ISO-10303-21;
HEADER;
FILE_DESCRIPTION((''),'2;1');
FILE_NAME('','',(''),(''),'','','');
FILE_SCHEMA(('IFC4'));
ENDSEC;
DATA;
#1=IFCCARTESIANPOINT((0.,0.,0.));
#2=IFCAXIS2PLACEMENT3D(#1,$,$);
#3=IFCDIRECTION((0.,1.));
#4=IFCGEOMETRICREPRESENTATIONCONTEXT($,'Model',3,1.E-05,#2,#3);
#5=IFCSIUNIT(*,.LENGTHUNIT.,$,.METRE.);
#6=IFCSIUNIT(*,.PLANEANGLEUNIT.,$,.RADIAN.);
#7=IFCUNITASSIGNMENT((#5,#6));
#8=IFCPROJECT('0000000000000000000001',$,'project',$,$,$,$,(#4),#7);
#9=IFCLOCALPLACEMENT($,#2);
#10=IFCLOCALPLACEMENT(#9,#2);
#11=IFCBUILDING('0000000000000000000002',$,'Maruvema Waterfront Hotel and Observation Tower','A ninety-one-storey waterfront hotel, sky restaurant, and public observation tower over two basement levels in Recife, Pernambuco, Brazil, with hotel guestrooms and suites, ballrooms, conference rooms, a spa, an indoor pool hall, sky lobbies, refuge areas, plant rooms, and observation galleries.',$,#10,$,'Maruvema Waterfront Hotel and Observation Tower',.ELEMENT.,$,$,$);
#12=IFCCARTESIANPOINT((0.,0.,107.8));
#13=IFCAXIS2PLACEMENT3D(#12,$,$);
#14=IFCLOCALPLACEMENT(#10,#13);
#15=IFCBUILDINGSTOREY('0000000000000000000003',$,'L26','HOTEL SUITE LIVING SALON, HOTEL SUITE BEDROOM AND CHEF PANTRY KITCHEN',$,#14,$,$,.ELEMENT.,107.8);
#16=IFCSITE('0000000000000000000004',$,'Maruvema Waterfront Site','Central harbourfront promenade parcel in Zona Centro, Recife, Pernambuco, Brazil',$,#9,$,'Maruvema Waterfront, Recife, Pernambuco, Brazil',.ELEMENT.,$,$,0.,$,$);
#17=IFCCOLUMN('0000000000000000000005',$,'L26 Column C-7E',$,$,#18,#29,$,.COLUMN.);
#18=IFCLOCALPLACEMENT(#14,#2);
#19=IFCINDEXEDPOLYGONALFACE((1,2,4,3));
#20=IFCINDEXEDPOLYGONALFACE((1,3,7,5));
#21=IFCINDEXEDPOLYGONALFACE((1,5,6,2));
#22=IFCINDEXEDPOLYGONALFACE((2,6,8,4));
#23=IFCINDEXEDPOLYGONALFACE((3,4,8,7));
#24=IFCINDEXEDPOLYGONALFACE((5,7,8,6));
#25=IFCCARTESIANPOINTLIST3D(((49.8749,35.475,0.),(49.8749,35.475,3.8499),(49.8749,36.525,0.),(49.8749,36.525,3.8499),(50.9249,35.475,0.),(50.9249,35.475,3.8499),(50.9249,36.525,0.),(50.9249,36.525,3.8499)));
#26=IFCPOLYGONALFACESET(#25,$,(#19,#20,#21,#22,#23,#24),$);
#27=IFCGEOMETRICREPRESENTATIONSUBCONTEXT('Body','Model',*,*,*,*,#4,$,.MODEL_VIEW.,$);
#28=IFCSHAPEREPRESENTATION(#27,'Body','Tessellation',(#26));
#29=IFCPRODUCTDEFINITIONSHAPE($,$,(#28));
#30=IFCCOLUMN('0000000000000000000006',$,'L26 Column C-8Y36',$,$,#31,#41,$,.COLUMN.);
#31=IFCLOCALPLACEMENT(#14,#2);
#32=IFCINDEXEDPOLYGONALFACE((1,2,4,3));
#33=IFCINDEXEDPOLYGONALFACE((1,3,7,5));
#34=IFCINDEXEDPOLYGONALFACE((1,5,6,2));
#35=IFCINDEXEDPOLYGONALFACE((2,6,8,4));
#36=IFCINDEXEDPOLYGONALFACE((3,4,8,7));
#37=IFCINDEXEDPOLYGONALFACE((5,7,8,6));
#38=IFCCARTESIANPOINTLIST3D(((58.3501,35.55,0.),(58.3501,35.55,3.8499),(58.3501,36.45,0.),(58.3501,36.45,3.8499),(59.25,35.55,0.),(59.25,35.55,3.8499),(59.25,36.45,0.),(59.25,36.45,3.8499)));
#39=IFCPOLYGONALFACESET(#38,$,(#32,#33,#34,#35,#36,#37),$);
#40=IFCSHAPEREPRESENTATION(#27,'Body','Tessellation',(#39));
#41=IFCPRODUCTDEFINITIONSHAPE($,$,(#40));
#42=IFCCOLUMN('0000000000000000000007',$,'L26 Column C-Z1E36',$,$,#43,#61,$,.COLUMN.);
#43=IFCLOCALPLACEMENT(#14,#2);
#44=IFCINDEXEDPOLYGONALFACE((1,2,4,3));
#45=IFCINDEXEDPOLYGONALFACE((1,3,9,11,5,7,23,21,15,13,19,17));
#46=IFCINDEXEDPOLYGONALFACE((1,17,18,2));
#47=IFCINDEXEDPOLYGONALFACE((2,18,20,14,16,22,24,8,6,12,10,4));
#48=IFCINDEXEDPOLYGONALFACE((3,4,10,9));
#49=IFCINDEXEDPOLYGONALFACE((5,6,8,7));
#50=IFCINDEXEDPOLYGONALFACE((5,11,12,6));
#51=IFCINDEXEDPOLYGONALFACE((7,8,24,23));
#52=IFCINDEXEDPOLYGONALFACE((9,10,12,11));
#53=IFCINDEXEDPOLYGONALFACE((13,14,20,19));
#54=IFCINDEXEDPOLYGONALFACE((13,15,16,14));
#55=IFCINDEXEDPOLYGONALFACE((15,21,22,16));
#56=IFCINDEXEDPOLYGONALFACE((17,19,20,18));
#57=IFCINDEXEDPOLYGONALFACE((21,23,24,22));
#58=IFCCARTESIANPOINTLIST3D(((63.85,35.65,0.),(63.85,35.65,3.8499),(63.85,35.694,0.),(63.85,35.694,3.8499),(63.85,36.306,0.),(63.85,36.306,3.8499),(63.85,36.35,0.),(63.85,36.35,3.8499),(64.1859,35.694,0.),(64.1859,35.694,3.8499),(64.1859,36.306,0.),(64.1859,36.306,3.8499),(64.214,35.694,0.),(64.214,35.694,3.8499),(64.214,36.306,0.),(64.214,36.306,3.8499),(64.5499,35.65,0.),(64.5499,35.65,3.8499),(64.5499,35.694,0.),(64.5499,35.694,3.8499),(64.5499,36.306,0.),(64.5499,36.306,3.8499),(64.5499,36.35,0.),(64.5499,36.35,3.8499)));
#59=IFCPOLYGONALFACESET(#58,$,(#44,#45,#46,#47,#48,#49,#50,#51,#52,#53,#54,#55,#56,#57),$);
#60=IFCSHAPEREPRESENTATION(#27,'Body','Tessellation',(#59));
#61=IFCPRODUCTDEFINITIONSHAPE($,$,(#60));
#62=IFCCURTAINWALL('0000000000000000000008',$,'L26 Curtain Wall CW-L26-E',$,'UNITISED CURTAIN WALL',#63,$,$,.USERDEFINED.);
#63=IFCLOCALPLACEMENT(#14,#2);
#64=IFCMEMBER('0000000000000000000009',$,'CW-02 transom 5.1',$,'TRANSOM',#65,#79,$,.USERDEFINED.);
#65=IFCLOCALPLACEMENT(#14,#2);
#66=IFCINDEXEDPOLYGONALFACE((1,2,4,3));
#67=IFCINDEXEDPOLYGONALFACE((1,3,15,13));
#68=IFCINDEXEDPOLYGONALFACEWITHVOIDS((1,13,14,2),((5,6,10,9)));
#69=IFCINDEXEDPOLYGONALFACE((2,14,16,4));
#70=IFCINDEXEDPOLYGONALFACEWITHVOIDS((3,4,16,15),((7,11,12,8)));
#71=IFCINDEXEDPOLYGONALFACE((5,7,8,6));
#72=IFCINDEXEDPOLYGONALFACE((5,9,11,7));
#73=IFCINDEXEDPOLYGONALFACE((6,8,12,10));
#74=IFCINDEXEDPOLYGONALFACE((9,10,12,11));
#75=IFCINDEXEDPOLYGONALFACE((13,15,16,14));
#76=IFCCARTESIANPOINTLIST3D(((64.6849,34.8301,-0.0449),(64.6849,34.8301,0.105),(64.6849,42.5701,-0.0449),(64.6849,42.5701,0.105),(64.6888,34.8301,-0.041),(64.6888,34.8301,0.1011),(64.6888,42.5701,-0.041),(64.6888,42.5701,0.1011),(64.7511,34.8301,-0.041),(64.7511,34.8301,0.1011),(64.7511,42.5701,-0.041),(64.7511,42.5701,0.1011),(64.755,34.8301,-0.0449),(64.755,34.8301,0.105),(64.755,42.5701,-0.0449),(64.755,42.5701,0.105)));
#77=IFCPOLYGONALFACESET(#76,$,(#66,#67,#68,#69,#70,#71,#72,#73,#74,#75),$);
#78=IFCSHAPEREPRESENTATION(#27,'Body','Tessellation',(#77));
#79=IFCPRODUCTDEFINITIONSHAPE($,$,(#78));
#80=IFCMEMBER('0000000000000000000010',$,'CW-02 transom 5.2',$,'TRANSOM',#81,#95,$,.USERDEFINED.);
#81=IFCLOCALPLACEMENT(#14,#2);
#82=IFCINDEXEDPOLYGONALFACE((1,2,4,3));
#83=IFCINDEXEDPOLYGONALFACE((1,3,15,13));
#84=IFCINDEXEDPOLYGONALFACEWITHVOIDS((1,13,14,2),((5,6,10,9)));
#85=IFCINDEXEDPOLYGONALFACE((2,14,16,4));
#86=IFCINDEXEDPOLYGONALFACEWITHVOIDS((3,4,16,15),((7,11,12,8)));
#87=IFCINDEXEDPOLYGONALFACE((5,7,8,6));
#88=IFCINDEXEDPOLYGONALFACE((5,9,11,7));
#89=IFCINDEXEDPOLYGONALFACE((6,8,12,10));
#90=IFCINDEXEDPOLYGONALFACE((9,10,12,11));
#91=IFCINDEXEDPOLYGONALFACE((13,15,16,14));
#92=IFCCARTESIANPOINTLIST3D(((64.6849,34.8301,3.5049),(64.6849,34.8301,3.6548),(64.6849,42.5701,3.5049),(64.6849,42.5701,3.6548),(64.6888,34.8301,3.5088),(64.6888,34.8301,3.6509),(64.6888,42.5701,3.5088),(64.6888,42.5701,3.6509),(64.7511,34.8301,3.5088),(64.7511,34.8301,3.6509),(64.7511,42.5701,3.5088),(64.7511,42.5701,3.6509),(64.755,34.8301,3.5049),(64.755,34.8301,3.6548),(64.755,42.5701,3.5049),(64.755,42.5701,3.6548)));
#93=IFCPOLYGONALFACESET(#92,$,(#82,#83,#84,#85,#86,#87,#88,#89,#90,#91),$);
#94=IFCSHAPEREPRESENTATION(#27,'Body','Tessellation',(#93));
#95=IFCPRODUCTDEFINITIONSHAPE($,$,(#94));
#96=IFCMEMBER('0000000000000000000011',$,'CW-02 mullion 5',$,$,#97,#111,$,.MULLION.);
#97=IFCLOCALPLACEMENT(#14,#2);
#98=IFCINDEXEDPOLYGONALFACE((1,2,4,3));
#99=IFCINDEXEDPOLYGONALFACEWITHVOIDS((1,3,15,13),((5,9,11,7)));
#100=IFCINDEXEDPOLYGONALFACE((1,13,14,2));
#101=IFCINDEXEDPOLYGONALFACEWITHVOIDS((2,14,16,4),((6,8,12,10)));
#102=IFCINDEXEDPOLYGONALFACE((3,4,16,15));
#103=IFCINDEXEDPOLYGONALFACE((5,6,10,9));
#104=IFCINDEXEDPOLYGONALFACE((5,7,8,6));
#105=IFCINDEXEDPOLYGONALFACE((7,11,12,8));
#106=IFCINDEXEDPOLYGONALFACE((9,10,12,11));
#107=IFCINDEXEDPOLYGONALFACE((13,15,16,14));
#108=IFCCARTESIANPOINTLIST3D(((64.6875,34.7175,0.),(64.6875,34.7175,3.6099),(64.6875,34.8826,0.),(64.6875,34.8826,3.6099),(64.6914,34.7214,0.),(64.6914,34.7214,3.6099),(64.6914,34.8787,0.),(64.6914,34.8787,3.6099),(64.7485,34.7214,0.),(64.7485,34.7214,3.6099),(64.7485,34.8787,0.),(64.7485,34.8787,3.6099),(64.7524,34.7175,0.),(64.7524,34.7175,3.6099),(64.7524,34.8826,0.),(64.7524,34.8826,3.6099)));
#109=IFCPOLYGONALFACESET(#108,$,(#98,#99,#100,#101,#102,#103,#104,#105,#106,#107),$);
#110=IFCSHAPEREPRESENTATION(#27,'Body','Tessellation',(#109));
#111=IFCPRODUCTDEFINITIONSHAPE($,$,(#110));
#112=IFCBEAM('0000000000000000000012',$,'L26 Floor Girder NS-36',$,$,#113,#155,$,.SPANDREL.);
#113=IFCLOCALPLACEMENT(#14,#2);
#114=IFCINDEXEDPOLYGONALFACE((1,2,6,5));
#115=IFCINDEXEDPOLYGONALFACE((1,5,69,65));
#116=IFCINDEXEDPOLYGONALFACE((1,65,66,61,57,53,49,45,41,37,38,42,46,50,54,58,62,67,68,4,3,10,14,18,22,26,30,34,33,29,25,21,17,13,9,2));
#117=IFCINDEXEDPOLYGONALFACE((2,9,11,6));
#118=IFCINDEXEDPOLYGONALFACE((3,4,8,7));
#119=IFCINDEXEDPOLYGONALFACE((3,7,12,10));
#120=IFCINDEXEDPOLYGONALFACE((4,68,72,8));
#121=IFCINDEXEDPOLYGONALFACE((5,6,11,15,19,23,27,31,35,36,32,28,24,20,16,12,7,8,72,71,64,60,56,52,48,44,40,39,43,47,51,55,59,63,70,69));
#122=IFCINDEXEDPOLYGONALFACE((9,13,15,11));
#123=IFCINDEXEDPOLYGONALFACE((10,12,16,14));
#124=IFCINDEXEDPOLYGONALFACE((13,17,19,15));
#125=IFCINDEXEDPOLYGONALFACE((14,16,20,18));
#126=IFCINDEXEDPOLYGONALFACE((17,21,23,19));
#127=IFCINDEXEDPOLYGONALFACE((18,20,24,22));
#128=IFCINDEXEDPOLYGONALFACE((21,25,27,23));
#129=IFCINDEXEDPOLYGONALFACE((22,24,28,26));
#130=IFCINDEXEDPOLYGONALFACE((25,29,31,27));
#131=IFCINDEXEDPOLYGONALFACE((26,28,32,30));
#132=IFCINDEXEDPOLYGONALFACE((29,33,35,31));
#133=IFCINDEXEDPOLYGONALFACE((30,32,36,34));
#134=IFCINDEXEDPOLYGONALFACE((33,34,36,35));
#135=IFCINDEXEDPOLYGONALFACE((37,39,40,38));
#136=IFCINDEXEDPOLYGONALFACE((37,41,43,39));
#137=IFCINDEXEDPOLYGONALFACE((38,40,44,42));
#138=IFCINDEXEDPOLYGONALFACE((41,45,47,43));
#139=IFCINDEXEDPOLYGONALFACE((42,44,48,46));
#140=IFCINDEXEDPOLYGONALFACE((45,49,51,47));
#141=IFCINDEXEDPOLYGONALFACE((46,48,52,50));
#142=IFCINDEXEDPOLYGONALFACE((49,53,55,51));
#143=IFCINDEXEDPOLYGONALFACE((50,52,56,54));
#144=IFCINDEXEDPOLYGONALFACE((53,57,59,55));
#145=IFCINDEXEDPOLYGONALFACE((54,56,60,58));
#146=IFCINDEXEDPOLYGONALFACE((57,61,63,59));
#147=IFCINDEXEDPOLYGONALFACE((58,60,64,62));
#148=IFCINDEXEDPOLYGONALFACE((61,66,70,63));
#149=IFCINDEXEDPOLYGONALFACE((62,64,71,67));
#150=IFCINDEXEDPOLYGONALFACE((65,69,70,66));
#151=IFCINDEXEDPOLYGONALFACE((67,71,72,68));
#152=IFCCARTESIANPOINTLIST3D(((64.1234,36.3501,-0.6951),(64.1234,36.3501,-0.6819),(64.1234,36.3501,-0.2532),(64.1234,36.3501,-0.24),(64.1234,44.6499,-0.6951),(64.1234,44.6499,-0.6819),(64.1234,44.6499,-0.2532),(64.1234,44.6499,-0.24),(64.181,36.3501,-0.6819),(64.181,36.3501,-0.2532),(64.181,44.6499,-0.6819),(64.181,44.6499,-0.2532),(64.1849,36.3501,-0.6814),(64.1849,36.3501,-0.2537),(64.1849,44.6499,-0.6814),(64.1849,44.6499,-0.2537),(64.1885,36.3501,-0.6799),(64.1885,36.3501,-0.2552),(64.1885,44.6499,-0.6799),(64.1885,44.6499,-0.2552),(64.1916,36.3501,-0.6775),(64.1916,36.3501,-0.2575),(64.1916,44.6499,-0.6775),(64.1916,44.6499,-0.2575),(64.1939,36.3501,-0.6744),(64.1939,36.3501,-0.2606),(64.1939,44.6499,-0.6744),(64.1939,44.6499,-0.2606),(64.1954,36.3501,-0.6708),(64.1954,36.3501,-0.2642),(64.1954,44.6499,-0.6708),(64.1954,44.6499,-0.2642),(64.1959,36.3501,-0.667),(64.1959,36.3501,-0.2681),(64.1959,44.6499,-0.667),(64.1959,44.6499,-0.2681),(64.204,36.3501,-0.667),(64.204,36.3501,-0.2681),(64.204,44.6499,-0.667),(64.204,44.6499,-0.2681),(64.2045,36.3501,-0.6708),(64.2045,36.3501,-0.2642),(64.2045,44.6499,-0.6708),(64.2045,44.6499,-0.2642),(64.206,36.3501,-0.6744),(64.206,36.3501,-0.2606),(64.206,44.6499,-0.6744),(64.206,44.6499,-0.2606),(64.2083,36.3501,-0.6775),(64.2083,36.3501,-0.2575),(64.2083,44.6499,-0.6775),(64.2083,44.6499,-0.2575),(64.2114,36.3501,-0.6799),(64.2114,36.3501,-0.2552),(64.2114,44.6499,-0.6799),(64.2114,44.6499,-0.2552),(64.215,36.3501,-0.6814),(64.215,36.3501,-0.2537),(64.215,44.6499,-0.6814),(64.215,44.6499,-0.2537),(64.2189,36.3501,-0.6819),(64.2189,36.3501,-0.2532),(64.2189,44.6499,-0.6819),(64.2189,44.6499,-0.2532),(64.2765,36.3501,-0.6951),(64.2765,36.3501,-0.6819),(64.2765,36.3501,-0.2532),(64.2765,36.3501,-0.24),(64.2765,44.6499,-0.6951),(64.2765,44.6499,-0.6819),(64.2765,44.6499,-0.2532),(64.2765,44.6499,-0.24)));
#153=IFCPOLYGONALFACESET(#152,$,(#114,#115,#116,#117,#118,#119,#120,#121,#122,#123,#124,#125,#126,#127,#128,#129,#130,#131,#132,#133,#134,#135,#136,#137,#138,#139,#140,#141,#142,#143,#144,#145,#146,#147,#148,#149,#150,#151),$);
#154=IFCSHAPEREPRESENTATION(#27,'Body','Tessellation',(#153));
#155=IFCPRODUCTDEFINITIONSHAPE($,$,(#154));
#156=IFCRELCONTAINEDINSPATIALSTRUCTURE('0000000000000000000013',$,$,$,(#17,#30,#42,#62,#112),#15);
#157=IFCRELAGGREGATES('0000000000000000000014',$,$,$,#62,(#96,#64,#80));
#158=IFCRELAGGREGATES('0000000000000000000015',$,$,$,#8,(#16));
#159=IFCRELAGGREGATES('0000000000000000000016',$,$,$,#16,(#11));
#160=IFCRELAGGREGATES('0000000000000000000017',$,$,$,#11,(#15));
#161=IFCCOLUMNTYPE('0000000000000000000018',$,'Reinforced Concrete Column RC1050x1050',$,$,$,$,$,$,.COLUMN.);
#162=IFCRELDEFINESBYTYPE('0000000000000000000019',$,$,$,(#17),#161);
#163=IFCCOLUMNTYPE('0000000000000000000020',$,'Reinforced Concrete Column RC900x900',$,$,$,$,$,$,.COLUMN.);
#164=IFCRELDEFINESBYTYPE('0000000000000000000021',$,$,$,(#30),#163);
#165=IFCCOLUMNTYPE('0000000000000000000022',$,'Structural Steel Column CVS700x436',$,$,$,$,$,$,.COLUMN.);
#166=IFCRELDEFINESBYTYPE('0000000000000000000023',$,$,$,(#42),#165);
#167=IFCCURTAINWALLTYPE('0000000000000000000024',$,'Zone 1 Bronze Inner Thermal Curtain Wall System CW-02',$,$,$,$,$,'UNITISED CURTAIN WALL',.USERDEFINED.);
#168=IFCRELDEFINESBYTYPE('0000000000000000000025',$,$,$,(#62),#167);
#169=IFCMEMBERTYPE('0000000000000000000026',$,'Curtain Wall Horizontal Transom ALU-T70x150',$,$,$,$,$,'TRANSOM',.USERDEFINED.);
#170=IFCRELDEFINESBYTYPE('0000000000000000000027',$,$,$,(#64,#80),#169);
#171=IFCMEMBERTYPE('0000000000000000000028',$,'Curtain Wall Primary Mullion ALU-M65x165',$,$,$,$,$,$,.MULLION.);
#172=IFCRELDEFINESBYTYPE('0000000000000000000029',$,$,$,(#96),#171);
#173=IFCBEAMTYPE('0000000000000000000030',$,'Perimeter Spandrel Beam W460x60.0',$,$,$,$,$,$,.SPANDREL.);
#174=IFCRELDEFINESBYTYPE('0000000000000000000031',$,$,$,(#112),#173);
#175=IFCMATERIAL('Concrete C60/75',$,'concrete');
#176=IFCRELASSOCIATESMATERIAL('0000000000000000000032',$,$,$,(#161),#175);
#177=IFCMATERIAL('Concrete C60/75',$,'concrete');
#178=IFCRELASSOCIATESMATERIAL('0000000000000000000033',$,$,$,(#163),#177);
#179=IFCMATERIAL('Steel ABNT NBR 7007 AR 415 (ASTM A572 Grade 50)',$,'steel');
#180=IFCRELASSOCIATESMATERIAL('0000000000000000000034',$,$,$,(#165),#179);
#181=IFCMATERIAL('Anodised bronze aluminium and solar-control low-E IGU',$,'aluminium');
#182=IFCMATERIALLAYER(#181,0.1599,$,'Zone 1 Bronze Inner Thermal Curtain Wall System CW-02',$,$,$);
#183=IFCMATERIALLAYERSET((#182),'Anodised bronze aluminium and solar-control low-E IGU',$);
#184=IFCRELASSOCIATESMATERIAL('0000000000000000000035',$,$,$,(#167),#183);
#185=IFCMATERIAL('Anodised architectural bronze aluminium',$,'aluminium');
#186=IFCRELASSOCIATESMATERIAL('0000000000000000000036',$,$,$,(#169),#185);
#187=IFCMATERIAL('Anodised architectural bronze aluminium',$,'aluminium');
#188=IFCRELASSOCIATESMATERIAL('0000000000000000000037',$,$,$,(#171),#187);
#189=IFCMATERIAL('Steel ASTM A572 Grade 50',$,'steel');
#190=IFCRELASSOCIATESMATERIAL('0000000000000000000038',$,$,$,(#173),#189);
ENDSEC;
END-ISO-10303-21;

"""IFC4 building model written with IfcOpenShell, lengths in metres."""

from ifc_helpers import new_model, si_unit, direction, frame, origin, origin_2d, place, context, subcontext, project, spatial, rectangle, hollow_rectangle, i_section, extrude, material, layer, layer_set, material_profile, profile_set, type_object, element, aggregate, save


model = new_model("IFC4")

# Units and contexts
model_context = context("Model", 3, precision=1e-05, world=origin(), true_north=direction((0.0, 1.0)))
body_context = subcontext(model_context, "Body", "Model", "MODEL_VIEW")
ifc_project = project(units=[si_unit("LENGTHUNIT", "METRE"), si_unit("PLANEANGLEUNIT", "RADIAN")], contexts=[model_context])

# Site, building, storey
site_placement = place(None, origin())
site = spatial("IfcSite", under=ifc_project, at=site_placement, Name="Maruvema Waterfront Site", Description="Central harbourfront promenade parcel in Zona Centro, Recife, Pernambuco, Brazil", LongName="Maruvema Waterfront, Recife, Pernambuco, Brazil", CompositionType="ELEMENT", RefElevation=0.0)
building_placement = place(site_placement, origin())
building = spatial("IfcBuilding", under=site, at=building_placement, Name="Maruvema Waterfront Hotel and Observation Tower", Description="A ninety-one-storey waterfront hotel, sky restaurant, and public observation tower over two basement levels in Recife, Pernambuco, Brazil, with hotel guestrooms and suites, ballrooms, conference rooms, a spa, an indoor pool hall, sky lobbies, refuge areas, plant rooms, and observation galleries.", LongName="Maruvema Waterfront Hotel and Observation Tower", CompositionType="ELEMENT")
storey_placement = place(building_placement, frame((0.0, 0.0, 107.8)))
storey = spatial("IfcBuildingStorey", under=building, at=storey_placement, Name="L26", Description="HOTEL SUITE LIVING SALON, HOTEL SUITE BEDROOM AND CHEF PANTRY KITCHEN", CompositionType="ELEMENT", Elevation=107.8)

# Columns
ifc_material_1 = material(Name="Concrete C60/75", Category="concrete")
ifc_material_profile_1 = material_profile(ifc_material_1, rectangle(XDim=1.05, YDim=1.05, at=origin_2d()), Name="RC1050x1050")
ifc_profile_set_1 = profile_set([ifc_material_profile_1], Name="Concrete C60/75")
column_type_1 = type_object("IfcColumnType", Name="Reinforced Concrete Column RC1050x1050", PredefinedType="COLUMN", material=ifc_profile_set_1)
column_1_placement = place(storey_placement, frame((50.3999, 36.0, 0.0), z_axis=(0.0, 0.0, 1.0), x_axis=(1.0, 0.0, 0.0)))
element("IfcColumn", 1, at=column_1_placement, inside=storey, type_object=column_type_1, Name="L26 Column C-7E", PredefinedType="COLUMN", context=body_context, shape_type="SweptSolid", body=[
    extrude(rectangle(XDim=1.05, YDim=1.05, at=origin_2d()), origin(), (0.0, 0.0, 1.0), 3.8499),
])
ifc_material_2 = material(Name="Concrete C60/75", Category="concrete")
ifc_material_profile_2 = material_profile(ifc_material_2, rectangle(XDim=0.8999, YDim=0.8999, at=origin_2d()), Name="RC900x900")
ifc_profile_set_2 = profile_set([ifc_material_profile_2], Name="Concrete C60/75")
column_type_2 = type_object("IfcColumnType", Name="Reinforced Concrete Column RC900x900", PredefinedType="COLUMN", material=ifc_profile_set_2)
column_2_placement = place(storey_placement, frame((58.8, 36.0, 0.0), z_axis=(0.0, 0.0, 1.0), x_axis=(1.0, 0.0, 0.0)))
element("IfcColumn", 2, at=column_2_placement, inside=storey, type_object=column_type_2, Name="L26 Column C-8Y36", PredefinedType="COLUMN", context=body_context, shape_type="SweptSolid", body=[
    extrude(rectangle(XDim=0.8999, YDim=0.8999, at=origin_2d()), origin(), (0.0, 0.0, 1.0), 3.8499),
])
ifc_material_3 = material(Name="Steel ABNT NBR 7007 AR 415 (ASTM A572 Grade 50)", Category="steel")
ifc_material_profile_3 = material_profile(ifc_material_3, i_section(OverallWidth=0.7, OverallDepth=0.7, WebThickness=0.0281, FlangeThickness=0.0439, at=origin_2d()), Name="CVS700x436")
ifc_profile_set_3 = profile_set([ifc_material_profile_3], Name="Steel ABNT NBR 7007 AR 415 (ASTM A572 Grade 50)")
column_type_3 = type_object("IfcColumnType", Name="Structural Steel Column CVS700x436", PredefinedType="COLUMN", material=ifc_profile_set_3)
column_3_placement = place(storey_placement, frame((64.2, 36.0, 0.0), z_axis=(0.0, 0.0, 1.0), x_axis=(1.0, 0.0, 0.0)))
element("IfcColumn", 3, at=column_3_placement, inside=storey, type_object=column_type_3, Name="L26 Column C-Z1E36", PredefinedType="COLUMN", context=body_context, shape_type="SweptSolid", body=[
    extrude(i_section(OverallWidth=0.7, OverallDepth=0.7, WebThickness=0.0281, FlangeThickness=0.0439, at=origin_2d()), origin(), (0.0, 0.0, 1.0), 3.8499),
])

# Curtain wall, members
ifc_material_4 = material(Name="Anodised bronze aluminium and solar-control low-E IGU", Category="aluminium")
ifc_layer_1 = layer(ifc_material_4, 0.1599, Name="Zone 1 Bronze Inner Thermal Curtain Wall System CW-02")
ifc_layer_set_1 = layer_set([ifc_layer_1], Name="Anodised bronze aluminium and solar-control low-E IGU")
curtain_wall_type = type_object("IfcCurtainWallType", Name="Zone 1 Bronze Inner Thermal Curtain Wall System CW-02", ElementType="UNITISED CURTAIN WALL", PredefinedType="USERDEFINED", material=ifc_layer_set_1)
curtain_wall_placement = place(storey_placement, origin())
curtain_wall = element("IfcCurtainWall", 4, at=curtain_wall_placement, inside=storey, type_object=curtain_wall_type, Name="L26 Curtain Wall CW-L26-E", ObjectType="UNITISED CURTAIN WALL", PredefinedType="USERDEFINED")
ifc_material_5 = material(Name="Anodised architectural bronze aluminium", Category="aluminium")
ifc_material_profile_4 = material_profile(ifc_material_5, hollow_rectangle(XDim=0.0701, YDim=0.1499, WallThickness=0.0039, at=origin_2d()), Name="ALU-T70x150")
ifc_profile_set_4 = profile_set([ifc_material_profile_4], Name="Anodised architectural bronze aluminium")
member_type_1 = type_object("IfcMemberType", Name="Curtain Wall Horizontal Transom ALU-T70x150", ElementType="TRANSOM", PredefinedType="USERDEFINED", material=ifc_profile_set_4)
member_1_placement = place(storey_placement, frame((64.72, 34.8301, 0.03), z_axis=(0.0, 1.0, 0.0), x_axis=(-1.0, 0.0, 0.0)))
member_1 = element("IfcMember", 5, at=member_1_placement, type_object=member_type_1, Name="CW-02 transom 5.1", ObjectType="TRANSOM", PredefinedType="USERDEFINED", context=body_context, shape_type="SweptSolid", body=[
    extrude(hollow_rectangle(XDim=0.0701, YDim=0.1499, WallThickness=0.0039, at=origin_2d()), origin(), (0.0, 0.0, 1.0), 7.74),
])
member_2_placement = place(storey_placement, frame((64.72, 34.8301, 3.5798), z_axis=(0.0, 1.0, 0.0), x_axis=(-1.0, 0.0, 0.0)))
member_2 = element("IfcMember", 6, at=member_2_placement, type_object=member_type_1, Name="CW-02 transom 5.2", ObjectType="TRANSOM", PredefinedType="USERDEFINED", context=body_context, shape_type="SweptSolid", body=[
    extrude(hollow_rectangle(XDim=0.0701, YDim=0.1499, WallThickness=0.0039, at=origin_2d()), origin(), (0.0, 0.0, 1.0), 7.74),
])
ifc_material_6 = material(Name="Anodised architectural bronze aluminium", Category="aluminium")
ifc_material_profile_5 = material_profile(ifc_material_6, hollow_rectangle(XDim=0.0649, YDim=0.165, WallThickness=0.0039, at=origin_2d()), Name="ALU-M65x165")
ifc_profile_set_5 = profile_set([ifc_material_profile_5], Name="Anodised architectural bronze aluminium")
member_type_2 = type_object("IfcMemberType", Name="Curtain Wall Primary Mullion ALU-M65x165", PredefinedType="MULLION", material=ifc_profile_set_5)
member_3_placement = place(storey_placement, frame((64.72, 34.8, 0.0), z_axis=(0.0, 0.0, 1.0), x_axis=(-1.0, 0.0, 0.0)))
member_3 = element("IfcMember", 7, at=member_3_placement, type_object=member_type_2, Name="CW-02 mullion 5", PredefinedType="MULLION", context=body_context, shape_type="SweptSolid", body=[
    extrude(hollow_rectangle(XDim=0.0649, YDim=0.165, WallThickness=0.0039, at=origin_2d()), origin(), (0.0, 0.0, 1.0), 3.6099),
])

# Beam
ifc_material_7 = material(Name="Steel ASTM A572 Grade 50", Category="steel")
ifc_material_profile_6 = material_profile(ifc_material_7, i_section(OverallWidth=0.1531, OverallDepth=0.4551, WebThickness=0.0081, FlangeThickness=0.0132, FilletRadius=0.0149, at=origin_2d()), Name="W460x60.0")
ifc_profile_set_6 = profile_set([ifc_material_profile_6], Name="Steel ASTM A572 Grade 50")
beam_type_1 = type_object("IfcBeamType", Name="Perimeter Spandrel Beam W460x60.0", PredefinedType="SPANDREL", material=ifc_profile_set_6)
beam_1_placement = place(storey_placement, frame((64.2, 36.3501, -0.4675), z_axis=(0.0, 1.0, 0.0), x_axis=(-1.0, 0.0, 0.0)))
element("IfcBeam", 8, at=beam_1_placement, inside=storey, type_object=beam_type_1, Name="L26 Floor Girder NS-36", PredefinedType="SPANDREL", context=body_context, shape_type="SweptSolid", body=[
    extrude(i_section(OverallWidth=0.1531, OverallDepth=0.4551, WebThickness=0.0081, FlangeThickness=0.0132, FilletRadius=0.0149, at=origin_2d()), origin(), (0.0, 0.0, 1.0), 8.2998),
])

aggregate(curtain_wall, [member_3, member_1, member_2])

save(model, "model.ifc")
